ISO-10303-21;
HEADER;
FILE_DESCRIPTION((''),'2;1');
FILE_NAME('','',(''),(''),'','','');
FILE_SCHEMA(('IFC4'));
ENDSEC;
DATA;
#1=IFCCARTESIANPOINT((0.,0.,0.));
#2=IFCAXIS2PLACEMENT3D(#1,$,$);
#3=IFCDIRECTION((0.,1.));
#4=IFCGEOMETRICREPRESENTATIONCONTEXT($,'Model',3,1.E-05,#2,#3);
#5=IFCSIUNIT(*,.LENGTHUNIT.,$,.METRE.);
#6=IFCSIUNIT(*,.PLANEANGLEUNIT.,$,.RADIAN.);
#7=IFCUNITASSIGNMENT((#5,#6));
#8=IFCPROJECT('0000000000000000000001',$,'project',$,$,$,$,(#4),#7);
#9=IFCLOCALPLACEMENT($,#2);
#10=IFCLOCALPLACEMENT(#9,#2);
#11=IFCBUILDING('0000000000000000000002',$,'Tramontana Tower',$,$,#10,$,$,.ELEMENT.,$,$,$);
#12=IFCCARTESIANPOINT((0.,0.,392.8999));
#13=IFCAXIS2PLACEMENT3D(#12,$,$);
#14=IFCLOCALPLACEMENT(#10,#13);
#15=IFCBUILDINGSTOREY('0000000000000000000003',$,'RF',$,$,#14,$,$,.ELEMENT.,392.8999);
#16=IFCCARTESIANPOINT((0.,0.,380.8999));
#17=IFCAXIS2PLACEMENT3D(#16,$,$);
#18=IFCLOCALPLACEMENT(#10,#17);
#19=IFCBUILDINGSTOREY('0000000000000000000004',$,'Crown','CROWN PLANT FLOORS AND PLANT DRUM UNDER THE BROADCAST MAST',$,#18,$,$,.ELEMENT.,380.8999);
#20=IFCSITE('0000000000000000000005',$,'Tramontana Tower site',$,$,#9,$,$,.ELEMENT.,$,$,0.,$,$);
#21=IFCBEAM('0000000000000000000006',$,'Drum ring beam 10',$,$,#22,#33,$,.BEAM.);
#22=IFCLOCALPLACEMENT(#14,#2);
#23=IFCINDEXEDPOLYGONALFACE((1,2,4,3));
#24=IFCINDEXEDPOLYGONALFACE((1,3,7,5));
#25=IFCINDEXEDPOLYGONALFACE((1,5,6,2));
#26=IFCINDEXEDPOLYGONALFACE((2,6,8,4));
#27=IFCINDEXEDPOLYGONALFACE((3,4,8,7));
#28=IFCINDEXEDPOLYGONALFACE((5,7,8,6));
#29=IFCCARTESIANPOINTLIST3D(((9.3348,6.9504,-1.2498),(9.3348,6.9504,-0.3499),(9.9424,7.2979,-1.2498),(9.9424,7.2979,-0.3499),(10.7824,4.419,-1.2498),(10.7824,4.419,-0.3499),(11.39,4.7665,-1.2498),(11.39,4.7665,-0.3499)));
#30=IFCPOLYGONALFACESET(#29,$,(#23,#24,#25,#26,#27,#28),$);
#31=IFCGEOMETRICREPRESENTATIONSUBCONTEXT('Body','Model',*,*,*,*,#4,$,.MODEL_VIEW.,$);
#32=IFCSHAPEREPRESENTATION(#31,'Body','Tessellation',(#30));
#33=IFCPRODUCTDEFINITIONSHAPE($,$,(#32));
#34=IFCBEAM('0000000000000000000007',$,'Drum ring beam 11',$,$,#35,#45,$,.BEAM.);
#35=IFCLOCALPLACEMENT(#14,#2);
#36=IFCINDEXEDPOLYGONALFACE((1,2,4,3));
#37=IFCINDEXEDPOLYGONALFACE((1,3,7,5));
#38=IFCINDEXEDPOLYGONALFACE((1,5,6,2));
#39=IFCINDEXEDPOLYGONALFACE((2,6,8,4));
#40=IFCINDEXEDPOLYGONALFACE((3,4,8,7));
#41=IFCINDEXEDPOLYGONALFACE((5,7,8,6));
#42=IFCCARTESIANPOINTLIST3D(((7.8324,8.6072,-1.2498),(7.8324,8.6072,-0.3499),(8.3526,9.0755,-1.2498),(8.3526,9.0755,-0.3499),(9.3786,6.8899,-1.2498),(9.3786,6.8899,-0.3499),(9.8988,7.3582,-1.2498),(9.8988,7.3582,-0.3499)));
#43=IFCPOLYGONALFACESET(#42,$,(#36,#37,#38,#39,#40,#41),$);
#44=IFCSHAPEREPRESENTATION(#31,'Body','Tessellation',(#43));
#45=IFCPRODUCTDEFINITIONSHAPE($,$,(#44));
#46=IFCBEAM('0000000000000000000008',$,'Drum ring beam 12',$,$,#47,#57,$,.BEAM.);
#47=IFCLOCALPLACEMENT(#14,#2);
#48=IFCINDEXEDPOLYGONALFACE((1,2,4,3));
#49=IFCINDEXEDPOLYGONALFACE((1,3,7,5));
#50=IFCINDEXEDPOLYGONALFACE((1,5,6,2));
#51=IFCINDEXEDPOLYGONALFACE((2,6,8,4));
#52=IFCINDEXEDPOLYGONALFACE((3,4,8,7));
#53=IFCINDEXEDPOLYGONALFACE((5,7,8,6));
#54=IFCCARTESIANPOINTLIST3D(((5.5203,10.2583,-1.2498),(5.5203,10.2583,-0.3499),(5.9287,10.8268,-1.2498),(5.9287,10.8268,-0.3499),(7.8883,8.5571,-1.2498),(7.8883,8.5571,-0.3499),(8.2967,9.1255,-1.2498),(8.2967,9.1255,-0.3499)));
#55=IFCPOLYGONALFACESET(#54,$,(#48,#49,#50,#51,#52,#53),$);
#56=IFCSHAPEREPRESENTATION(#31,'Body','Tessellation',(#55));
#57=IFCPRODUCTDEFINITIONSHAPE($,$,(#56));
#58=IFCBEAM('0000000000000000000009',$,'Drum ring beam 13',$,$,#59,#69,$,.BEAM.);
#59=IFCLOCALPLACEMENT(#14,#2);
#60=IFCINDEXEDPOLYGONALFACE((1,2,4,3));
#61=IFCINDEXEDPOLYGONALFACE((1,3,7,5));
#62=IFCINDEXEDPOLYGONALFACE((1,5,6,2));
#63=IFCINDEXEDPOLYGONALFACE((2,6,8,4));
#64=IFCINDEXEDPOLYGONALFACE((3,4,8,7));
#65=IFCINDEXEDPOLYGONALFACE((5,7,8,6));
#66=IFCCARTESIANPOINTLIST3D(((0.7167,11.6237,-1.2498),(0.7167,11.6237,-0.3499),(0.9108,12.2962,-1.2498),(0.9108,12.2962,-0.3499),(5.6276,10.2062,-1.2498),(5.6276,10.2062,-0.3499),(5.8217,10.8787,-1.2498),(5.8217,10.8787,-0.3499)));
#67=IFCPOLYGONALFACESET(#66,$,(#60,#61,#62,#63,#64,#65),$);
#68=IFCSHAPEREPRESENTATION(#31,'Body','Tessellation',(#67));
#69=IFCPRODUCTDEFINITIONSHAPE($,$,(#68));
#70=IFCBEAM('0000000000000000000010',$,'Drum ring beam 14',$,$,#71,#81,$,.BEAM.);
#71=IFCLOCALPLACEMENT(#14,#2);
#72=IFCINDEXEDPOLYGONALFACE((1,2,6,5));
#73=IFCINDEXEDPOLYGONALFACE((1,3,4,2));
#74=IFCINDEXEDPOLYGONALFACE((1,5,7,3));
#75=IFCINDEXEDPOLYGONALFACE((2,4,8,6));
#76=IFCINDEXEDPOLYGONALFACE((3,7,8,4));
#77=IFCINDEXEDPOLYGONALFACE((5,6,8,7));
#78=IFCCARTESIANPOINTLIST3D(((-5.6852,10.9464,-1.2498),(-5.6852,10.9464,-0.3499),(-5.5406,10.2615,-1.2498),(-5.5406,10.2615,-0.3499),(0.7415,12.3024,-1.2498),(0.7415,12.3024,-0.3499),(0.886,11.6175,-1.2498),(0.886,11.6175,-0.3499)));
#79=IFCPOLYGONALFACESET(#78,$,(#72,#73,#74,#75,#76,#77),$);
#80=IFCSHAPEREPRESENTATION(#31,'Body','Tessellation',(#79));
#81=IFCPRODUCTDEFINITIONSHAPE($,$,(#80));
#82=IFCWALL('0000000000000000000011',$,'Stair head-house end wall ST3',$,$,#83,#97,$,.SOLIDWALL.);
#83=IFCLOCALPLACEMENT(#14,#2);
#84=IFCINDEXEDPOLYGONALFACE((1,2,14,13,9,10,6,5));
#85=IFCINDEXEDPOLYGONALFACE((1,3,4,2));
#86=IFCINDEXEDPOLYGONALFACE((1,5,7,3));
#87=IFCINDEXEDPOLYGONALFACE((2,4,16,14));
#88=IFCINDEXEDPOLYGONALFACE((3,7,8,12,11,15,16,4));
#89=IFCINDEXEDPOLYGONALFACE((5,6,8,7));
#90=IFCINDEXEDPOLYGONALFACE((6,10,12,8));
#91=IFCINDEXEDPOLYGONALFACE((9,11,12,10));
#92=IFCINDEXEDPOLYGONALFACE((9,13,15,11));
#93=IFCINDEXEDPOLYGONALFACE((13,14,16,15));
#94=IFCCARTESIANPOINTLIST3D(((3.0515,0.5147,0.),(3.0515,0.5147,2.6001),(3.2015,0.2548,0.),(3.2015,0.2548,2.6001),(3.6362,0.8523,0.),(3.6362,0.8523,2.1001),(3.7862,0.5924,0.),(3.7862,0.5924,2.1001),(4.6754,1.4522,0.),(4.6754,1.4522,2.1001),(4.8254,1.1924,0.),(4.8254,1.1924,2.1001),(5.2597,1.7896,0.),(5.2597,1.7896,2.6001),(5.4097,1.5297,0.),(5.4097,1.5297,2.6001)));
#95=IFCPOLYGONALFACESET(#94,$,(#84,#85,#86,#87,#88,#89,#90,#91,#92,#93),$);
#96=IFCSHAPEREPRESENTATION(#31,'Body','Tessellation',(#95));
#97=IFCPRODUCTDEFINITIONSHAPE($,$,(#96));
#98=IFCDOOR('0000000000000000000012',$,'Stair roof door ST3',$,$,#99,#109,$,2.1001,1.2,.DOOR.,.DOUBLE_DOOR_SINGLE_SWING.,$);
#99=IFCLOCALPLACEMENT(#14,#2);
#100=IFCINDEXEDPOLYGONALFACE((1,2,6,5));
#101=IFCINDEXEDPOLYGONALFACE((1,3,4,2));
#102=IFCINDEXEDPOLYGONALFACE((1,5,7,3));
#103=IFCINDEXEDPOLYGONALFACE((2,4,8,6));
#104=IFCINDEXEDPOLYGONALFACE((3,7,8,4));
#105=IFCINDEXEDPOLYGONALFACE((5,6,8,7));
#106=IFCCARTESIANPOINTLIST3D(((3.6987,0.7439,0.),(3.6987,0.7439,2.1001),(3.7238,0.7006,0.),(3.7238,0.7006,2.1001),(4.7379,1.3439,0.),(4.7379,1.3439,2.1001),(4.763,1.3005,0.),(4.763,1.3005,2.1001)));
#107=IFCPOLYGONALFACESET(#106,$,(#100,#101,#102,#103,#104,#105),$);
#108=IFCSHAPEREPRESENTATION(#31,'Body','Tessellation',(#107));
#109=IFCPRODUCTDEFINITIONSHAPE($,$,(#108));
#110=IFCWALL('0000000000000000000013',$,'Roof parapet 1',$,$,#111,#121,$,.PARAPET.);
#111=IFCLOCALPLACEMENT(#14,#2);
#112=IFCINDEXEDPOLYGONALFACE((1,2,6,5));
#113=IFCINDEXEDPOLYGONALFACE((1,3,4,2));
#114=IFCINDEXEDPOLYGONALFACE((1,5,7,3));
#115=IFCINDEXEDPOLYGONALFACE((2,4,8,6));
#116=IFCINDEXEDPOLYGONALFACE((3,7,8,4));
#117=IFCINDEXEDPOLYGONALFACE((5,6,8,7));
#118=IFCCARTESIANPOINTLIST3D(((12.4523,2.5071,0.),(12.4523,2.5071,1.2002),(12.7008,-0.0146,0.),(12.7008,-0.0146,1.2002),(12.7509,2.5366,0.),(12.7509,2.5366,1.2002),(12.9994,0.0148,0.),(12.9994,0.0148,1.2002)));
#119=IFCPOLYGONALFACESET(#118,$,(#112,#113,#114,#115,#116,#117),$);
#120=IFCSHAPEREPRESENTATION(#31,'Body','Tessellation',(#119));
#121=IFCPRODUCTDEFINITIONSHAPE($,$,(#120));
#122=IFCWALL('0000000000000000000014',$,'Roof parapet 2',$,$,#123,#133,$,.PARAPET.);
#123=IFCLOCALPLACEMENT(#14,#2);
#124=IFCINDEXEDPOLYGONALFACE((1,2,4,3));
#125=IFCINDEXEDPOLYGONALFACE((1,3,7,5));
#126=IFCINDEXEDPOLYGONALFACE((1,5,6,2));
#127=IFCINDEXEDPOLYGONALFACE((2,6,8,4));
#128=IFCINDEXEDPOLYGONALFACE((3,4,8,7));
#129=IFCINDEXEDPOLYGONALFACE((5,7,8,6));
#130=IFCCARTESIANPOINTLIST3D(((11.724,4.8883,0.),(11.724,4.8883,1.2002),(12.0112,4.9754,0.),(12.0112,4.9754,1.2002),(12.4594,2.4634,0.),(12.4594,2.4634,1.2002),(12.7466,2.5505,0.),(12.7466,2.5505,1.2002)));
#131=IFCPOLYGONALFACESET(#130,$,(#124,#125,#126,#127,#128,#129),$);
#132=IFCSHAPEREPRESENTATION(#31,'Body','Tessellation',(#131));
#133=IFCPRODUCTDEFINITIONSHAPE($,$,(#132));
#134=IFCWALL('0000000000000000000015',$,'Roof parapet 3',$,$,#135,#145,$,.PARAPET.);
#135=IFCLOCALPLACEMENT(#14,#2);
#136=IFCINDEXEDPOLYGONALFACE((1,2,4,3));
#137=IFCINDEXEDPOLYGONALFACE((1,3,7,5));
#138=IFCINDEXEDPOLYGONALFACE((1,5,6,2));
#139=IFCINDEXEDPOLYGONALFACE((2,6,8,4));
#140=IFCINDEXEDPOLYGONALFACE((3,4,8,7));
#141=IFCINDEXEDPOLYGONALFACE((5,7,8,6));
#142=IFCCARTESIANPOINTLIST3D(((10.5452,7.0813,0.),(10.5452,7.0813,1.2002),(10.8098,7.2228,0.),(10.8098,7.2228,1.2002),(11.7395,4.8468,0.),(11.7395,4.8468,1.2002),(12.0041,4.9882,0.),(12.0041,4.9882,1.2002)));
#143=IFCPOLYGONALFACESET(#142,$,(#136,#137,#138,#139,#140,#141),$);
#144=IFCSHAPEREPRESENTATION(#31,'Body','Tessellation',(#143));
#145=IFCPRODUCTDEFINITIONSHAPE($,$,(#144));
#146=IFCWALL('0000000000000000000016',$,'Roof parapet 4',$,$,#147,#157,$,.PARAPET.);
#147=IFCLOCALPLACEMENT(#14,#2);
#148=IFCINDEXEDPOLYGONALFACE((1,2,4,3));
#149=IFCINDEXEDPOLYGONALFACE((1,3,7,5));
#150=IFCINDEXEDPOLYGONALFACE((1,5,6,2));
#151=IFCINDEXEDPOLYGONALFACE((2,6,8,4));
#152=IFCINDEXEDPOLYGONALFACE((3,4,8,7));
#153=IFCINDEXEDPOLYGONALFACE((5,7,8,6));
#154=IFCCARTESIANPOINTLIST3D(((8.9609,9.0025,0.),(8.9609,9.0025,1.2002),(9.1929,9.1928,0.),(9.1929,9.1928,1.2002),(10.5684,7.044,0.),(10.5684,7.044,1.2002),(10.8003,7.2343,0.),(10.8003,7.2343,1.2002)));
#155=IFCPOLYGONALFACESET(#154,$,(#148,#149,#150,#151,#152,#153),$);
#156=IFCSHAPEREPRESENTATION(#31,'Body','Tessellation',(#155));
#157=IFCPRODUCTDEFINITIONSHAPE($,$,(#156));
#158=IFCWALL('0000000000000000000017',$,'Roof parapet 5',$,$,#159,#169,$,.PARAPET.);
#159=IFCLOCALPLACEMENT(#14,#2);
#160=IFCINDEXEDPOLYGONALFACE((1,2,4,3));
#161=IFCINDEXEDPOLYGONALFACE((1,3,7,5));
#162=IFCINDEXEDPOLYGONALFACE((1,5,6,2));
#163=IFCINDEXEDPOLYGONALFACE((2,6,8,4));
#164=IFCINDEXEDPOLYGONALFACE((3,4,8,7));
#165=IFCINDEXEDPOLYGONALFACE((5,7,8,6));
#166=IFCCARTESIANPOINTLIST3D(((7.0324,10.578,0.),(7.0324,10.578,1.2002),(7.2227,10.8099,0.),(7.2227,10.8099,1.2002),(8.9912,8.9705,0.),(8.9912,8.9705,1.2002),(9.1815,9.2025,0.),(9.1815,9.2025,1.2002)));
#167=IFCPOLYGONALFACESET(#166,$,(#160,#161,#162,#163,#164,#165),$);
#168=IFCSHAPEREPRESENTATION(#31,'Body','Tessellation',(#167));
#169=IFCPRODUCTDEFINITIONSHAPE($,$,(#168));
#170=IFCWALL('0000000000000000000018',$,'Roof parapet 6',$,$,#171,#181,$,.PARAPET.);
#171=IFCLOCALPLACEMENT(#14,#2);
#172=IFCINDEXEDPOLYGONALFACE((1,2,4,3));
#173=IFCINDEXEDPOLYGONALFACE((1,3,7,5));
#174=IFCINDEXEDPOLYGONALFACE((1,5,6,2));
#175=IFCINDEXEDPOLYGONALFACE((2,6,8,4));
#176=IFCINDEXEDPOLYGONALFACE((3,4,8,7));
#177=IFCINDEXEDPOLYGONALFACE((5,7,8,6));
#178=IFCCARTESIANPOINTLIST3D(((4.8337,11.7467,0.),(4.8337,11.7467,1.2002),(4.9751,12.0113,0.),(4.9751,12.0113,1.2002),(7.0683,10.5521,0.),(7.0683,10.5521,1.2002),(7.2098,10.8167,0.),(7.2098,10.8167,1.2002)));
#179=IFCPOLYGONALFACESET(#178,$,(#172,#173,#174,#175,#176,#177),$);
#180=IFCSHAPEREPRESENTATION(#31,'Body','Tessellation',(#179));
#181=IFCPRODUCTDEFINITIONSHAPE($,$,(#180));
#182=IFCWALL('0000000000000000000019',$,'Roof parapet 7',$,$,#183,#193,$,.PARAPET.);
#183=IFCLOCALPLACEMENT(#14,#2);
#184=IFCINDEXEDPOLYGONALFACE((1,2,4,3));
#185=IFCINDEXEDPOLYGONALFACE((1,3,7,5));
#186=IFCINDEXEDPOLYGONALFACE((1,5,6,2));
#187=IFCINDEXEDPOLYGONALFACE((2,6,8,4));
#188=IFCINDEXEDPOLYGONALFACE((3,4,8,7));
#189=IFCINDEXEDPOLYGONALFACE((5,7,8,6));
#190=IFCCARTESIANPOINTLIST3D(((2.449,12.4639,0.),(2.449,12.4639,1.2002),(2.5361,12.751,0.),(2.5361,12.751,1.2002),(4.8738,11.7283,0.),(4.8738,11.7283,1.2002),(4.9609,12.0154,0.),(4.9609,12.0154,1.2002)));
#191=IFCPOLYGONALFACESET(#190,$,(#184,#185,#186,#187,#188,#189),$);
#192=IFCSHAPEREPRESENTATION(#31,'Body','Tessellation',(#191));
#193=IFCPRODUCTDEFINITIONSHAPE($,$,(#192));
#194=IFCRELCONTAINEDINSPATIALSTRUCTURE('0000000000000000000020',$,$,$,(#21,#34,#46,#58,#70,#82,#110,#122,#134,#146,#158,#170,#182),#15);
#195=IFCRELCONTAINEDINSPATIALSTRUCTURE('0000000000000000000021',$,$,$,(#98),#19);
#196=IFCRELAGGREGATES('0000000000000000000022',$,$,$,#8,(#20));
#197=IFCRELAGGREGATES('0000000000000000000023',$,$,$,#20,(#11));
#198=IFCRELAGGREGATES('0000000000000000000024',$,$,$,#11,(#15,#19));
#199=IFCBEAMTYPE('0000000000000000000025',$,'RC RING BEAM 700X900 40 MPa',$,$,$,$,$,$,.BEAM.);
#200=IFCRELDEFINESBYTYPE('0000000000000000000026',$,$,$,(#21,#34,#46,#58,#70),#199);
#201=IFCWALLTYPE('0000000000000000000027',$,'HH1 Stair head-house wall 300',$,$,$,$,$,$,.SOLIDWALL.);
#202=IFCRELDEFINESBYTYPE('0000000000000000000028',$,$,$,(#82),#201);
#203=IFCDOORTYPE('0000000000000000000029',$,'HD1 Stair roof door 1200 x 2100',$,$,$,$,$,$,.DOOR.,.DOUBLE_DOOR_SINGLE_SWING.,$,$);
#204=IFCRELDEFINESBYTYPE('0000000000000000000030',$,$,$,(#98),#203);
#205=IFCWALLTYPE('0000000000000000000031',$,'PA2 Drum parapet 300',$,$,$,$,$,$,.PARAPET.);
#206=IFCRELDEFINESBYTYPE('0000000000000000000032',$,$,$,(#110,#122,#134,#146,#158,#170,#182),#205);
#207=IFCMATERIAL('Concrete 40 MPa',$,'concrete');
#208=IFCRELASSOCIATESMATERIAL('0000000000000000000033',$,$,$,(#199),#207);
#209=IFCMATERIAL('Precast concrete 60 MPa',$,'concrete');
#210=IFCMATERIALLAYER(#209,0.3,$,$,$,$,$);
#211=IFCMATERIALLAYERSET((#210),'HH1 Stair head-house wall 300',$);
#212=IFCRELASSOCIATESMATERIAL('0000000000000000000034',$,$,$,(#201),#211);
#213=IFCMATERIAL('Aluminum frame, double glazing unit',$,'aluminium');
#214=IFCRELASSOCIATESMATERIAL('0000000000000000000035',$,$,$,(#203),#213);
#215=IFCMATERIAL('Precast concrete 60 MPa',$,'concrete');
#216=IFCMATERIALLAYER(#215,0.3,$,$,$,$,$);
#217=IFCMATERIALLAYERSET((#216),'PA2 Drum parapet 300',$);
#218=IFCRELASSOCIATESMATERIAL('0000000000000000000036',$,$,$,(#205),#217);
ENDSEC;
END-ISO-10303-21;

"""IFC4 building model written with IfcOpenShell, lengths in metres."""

from ifc_helpers import new_model, si_unit, direction, frame, frame_2d, origin, origin_2d, place, context, subcontext, project, spatial, rectangle, extrude, material, layer, layer_set, material_profile, profile_set, type_object, element, fill, save


model = new_model("IFC4")

# Units and contexts
model_context = context("Model", 3, precision=1e-05, world=origin(), true_north=direction((0.0, 1.0)))
body_context = subcontext(model_context, "Body", "Model", "MODEL_VIEW")
ifc_project = project(units=[si_unit("LENGTHUNIT", "METRE"), si_unit("PLANEANGLEUNIT", "RADIAN")], contexts=[model_context])

# Site, building, storey
site_placement = place(None, origin())
site = spatial("IfcSite", under=ifc_project, at=site_placement, Name="Tramontana Tower site", CompositionType="ELEMENT", RefElevation=0.0)
building_placement = place(site_placement, origin())
building = spatial("IfcBuilding", under=site, at=building_placement, Name="Tramontana Tower", CompositionType="ELEMENT")
storey_1_placement = place(building_placement, frame((0.0, 0.0, 392.8999)))
storey_1 = spatial("IfcBuildingStorey", under=building, at=storey_1_placement, Name="RF", CompositionType="ELEMENT", Elevation=392.8999)

# Beams
ifc_material_1 = material(Name="Concrete 40 MPa", Category="concrete")
ifc_material_profile_1 = material_profile(ifc_material_1, rectangle(XDim=0.7, YDim=0.8999, at=origin_2d()), Name="RC RING BEAM 700X900 40 MPa")
ifc_profile_set_1 = profile_set([ifc_material_profile_1], Name="Concrete 40 MPa")
beam_type = type_object("IfcBeamType", Name="RC RING BEAM 700X900 40 MPa", PredefinedType="BEAM", material=ifc_profile_set_1)
beam_1_placement = place(storey_1_placement, frame((11.0862, 4.5928, -0.7998), z_axis=(-0.496418, 0.868083, 0.0), x_axis=(-0.868083, -0.496418, 0.0)))
element("IfcBeam", 1, at=beam_1_placement, inside=storey_1, type_object=beam_type, Name="Drum ring beam 10", PredefinedType="BEAM", context=body_context, shape_type="SweptSolid", body=[
    extrude(rectangle(XDim=0.7, YDim=0.8999, at=origin_2d()), origin(), (0.0, 0.0, 1.0), 2.916),
])
beam_2_placement = place(storey_1_placement, frame((9.6387, 7.124, -0.7998), z_axis=(-0.669105, 0.743168, 0.0), x_axis=(-0.743168, -0.669105, 0.0)))
element("IfcBeam", 2, at=beam_2_placement, inside=storey_1, type_object=beam_type, Name="Drum ring beam 11", PredefinedType="BEAM", context=body_context, shape_type="SweptSolid", body=[
    extrude(rectangle(XDim=0.7, YDim=0.8999, at=origin_2d()), origin(), (0.0, 0.0, 1.0), 2.3108),
])
beam_3_placement = place(storey_1_placement, frame((8.0925, 8.8413, -0.7998), z_axis=(-0.812141, 0.583462, 0.0), x_axis=(-0.583462, -0.812141, 0.0)))
element("IfcBeam", 3, at=beam_3_placement, inside=storey_1, type_object=beam_type, Name="Drum ring beam 12", PredefinedType="BEAM", context=body_context, shape_type="SweptSolid", body=[
    extrude(rectangle(XDim=0.7, YDim=0.8999, at=origin_2d()), origin(), (0.0, 0.0, 1.0), 2.9158),
])
beam_4_placement = place(storey_1_placement, frame((5.7246, 10.5425, -0.7998), z_axis=(-0.960778, 0.277319, 0.0), x_axis=(-0.277319, -0.960778, 0.0)))
element("IfcBeam", 4, at=beam_4_placement, inside=storey_1, type_object=beam_type, Name="Drum ring beam 13", PredefinedType="BEAM", context=body_context, shape_type="SweptSolid", body=[
    extrude(rectangle(XDim=0.7, YDim=0.8999, at=origin_2d()), origin(), (0.0, 0.0, 1.0), 5.1113),
])
beam_5_placement = place(storey_1_placement, frame((0.8137, 11.96, -0.7998), z_axis=(-0.978457, -0.206449, 0.0), x_axis=(0.206449, -0.978457, 0.0)))
element("IfcBeam", 5, at=beam_5_placement, inside=storey_1, type_object=beam_type, Name="Drum ring beam 14", PredefinedType="BEAM", context=body_context, shape_type="SweptSolid", body=[
    extrude(rectangle(XDim=0.7, YDim=0.8999, at=origin_2d()), origin(), (0.0, 0.0, 1.0), 6.5681),
])

# Wall, opening
ifc_material_2 = material(Name="Precast concrete 60 MPa", Category="concrete")
ifc_layer_1 = layer(ifc_material_2, 0.3)
ifc_layer_set_1 = layer_set([ifc_layer_1], Name="HH1 Stair head-house wall 300")
wall_type_1 = type_object("IfcWallType", Name="HH1 Stair head-house wall 300", PredefinedType="SOLIDWALL", material=ifc_layer_set_1)
wall_1_placement = place(storey_1_placement, frame((3.1265, 0.3848, 0.0), z_axis=(0.0, 0.0, 1.0), x_axis=(0.866031, 0.49999, 0.0)))
wall_1 = element("IfcWall", 6, at=wall_1_placement, inside=storey_1, type_object=wall_type_1, Name="Stair head-house end wall ST3", PredefinedType="SOLIDWALL", context=body_context, shape_type="SweptSolid", body=[
    extrude(rectangle(XDim=2.5498, YDim=0.3, at=frame_2d((1.2749, 0.0))), origin(), (0.0, 0.0, 1.0), 2.6001),
])
opening_placement = place(wall_1_placement, frame((0.675, 0.0, 0.0)))
opening = element("IfcOpeningElement", 7, at=opening_placement, cuts=wall_1, PredefinedType="OPENING", context=body_context, shape_type="SweptSolid", body=[
    extrude(rectangle(XDim=1.2, YDim=2.1001, at=frame_2d((0.6001, 1.05))), frame((0.0, 0.1599, 0.0), z_axis=(0.0, -1.0, 0.0), x_axis=(1.0, 0.0, 0.0)), (0.0, 0.0, 1.0), 0.3201),
])

# Shared definitions
storey_2_placement = place(building_placement, frame((0.0, 0.0, 380.8999)))
storey_2 = spatial("IfcBuildingStorey", under=building, at=storey_2_placement, Name="Crown", Description="CROWN PLANT FLOORS AND PLANT DRUM UNDER THE BROADCAST MAST", CompositionType="ELEMENT", Elevation=380.8999)

# Door
ifc_material_3 = material(Name="Aluminum frame, double glazing unit", Category="aluminium")
door_type = type_object("IfcDoorType", Name="HD1 Stair roof door 1200 x 2100", OperationType="DOUBLE_DOOR_SINGLE_SWING", PredefinedType="DOOR", material=ifc_material_3)
door_placement = place(opening_placement, origin())
door = element("IfcDoor", 8, at=door_placement, inside=storey_2, type_object=door_type, Name="Stair roof door ST3", OperationType="DOUBLE_DOOR_SINGLE_SWING", OverallHeight=2.1001, OverallWidth=1.2, PredefinedType="DOOR", context=body_context, shape_type="SweptSolid", body=[
    extrude(rectangle(XDim=1.2, YDim=2.1001, at=frame_2d((0.6001, 1.05))), frame((0.0, 0.0249, 0.0), z_axis=(0.0, -1.0, 0.0), x_axis=(1.0, 0.0, 0.0)), (0.0, 0.0, 1.0), 0.05),
])
fill(opening, door)

# Walls
ifc_material_4 = material(Name="Precast concrete 60 MPa", Category="concrete")
ifc_layer_2 = layer(ifc_material_4, 0.3)
ifc_layer_set_2 = layer_set([ifc_layer_2], Name="PA2 Drum parapet 300")
wall_type_2 = type_object("IfcWallType", Name="PA2 Drum parapet 300", PredefinedType="PARAPET", material=ifc_layer_set_2)
for number, where, z_axis, x_axis, name in (
    (9, (12.8501, 0.0, 0.0), (0.0, 0.0, 1.0), (-0.098082, 0.995178, 0.0), "Roof parapet 1"),
    (10, (12.603, 2.5068, 0.0), (0.0, 0.0, 1.0), (-0.290211, 0.956963, 0.0), "Roof parapet 2"),
):
    element("IfcWall", number, at=place(storey_1_placement, frame(where, z_axis=z_axis, x_axis=x_axis)), inside=storey_1, type_object=wall_type_2, Name=name, PredefinedType="PARAPET", context=body_context, shape_type="SweptSolid", body=[
        extrude(rectangle(XDim=2.5339, YDim=0.3, at=frame_2d((1.2671, 0.0))), origin(), (0.0, 0.0, 1.0), 1.2002),
    ])
for number, where, z_axis, x_axis, name in (
    (11, (11.8718, 4.9175, 0.0), (0.0, 0.0, 1.0), (-0.471368, 0.881937, 0.0), "Roof parapet 3"),
    (12, (10.6843, 7.1392, 0.0), (0.0, 0.0, 1.0), (-0.634423, 0.772986, 0.0), "Roof parapet 4"),
):
    element("IfcWall", number, at=place(storey_1_placement, frame(where, z_axis=z_axis, x_axis=x_axis)), inside=storey_1, type_object=wall_type_2, Name=name, PredefinedType="PARAPET", context=body_context, shape_type="SweptSolid", body=[
        extrude(rectangle(XDim=2.5337, YDim=0.3, at=frame_2d((1.2668, 0.0))), origin(), (0.0, 0.0, 1.0), 1.2002),
    ])
for number, where, z_axis, x_axis, name in (
    (13, (9.0864, 9.0864, 0.0), (0.0, 0.0, 1.0), (-0.773025, 0.634376, 0.0), "Roof parapet 5"),
    (14, (7.1392, 10.6843, 0.0), (0.0, 0.0, 1.0), (-0.881896, 0.471443, 0.0), "Roof parapet 6"),
    (15, (4.9175, 11.8718, 0.0), (0.0, 0.0, 1.0), (-0.956936, 0.290299, 0.0), "Roof parapet 7"),
):
    element("IfcWall", number, at=place(storey_1_placement, frame(where, z_axis=z_axis, x_axis=x_axis)), inside=storey_1, type_object=wall_type_2, Name=name, PredefinedType="PARAPET", context=body_context, shape_type="SweptSolid", body=[
        extrude(rectangle(XDim=2.5339, YDim=0.3, at=frame_2d((1.2671, 0.0))), origin(), (0.0, 0.0, 1.0), 1.2002),
    ])

save(model, "model.ifc")
